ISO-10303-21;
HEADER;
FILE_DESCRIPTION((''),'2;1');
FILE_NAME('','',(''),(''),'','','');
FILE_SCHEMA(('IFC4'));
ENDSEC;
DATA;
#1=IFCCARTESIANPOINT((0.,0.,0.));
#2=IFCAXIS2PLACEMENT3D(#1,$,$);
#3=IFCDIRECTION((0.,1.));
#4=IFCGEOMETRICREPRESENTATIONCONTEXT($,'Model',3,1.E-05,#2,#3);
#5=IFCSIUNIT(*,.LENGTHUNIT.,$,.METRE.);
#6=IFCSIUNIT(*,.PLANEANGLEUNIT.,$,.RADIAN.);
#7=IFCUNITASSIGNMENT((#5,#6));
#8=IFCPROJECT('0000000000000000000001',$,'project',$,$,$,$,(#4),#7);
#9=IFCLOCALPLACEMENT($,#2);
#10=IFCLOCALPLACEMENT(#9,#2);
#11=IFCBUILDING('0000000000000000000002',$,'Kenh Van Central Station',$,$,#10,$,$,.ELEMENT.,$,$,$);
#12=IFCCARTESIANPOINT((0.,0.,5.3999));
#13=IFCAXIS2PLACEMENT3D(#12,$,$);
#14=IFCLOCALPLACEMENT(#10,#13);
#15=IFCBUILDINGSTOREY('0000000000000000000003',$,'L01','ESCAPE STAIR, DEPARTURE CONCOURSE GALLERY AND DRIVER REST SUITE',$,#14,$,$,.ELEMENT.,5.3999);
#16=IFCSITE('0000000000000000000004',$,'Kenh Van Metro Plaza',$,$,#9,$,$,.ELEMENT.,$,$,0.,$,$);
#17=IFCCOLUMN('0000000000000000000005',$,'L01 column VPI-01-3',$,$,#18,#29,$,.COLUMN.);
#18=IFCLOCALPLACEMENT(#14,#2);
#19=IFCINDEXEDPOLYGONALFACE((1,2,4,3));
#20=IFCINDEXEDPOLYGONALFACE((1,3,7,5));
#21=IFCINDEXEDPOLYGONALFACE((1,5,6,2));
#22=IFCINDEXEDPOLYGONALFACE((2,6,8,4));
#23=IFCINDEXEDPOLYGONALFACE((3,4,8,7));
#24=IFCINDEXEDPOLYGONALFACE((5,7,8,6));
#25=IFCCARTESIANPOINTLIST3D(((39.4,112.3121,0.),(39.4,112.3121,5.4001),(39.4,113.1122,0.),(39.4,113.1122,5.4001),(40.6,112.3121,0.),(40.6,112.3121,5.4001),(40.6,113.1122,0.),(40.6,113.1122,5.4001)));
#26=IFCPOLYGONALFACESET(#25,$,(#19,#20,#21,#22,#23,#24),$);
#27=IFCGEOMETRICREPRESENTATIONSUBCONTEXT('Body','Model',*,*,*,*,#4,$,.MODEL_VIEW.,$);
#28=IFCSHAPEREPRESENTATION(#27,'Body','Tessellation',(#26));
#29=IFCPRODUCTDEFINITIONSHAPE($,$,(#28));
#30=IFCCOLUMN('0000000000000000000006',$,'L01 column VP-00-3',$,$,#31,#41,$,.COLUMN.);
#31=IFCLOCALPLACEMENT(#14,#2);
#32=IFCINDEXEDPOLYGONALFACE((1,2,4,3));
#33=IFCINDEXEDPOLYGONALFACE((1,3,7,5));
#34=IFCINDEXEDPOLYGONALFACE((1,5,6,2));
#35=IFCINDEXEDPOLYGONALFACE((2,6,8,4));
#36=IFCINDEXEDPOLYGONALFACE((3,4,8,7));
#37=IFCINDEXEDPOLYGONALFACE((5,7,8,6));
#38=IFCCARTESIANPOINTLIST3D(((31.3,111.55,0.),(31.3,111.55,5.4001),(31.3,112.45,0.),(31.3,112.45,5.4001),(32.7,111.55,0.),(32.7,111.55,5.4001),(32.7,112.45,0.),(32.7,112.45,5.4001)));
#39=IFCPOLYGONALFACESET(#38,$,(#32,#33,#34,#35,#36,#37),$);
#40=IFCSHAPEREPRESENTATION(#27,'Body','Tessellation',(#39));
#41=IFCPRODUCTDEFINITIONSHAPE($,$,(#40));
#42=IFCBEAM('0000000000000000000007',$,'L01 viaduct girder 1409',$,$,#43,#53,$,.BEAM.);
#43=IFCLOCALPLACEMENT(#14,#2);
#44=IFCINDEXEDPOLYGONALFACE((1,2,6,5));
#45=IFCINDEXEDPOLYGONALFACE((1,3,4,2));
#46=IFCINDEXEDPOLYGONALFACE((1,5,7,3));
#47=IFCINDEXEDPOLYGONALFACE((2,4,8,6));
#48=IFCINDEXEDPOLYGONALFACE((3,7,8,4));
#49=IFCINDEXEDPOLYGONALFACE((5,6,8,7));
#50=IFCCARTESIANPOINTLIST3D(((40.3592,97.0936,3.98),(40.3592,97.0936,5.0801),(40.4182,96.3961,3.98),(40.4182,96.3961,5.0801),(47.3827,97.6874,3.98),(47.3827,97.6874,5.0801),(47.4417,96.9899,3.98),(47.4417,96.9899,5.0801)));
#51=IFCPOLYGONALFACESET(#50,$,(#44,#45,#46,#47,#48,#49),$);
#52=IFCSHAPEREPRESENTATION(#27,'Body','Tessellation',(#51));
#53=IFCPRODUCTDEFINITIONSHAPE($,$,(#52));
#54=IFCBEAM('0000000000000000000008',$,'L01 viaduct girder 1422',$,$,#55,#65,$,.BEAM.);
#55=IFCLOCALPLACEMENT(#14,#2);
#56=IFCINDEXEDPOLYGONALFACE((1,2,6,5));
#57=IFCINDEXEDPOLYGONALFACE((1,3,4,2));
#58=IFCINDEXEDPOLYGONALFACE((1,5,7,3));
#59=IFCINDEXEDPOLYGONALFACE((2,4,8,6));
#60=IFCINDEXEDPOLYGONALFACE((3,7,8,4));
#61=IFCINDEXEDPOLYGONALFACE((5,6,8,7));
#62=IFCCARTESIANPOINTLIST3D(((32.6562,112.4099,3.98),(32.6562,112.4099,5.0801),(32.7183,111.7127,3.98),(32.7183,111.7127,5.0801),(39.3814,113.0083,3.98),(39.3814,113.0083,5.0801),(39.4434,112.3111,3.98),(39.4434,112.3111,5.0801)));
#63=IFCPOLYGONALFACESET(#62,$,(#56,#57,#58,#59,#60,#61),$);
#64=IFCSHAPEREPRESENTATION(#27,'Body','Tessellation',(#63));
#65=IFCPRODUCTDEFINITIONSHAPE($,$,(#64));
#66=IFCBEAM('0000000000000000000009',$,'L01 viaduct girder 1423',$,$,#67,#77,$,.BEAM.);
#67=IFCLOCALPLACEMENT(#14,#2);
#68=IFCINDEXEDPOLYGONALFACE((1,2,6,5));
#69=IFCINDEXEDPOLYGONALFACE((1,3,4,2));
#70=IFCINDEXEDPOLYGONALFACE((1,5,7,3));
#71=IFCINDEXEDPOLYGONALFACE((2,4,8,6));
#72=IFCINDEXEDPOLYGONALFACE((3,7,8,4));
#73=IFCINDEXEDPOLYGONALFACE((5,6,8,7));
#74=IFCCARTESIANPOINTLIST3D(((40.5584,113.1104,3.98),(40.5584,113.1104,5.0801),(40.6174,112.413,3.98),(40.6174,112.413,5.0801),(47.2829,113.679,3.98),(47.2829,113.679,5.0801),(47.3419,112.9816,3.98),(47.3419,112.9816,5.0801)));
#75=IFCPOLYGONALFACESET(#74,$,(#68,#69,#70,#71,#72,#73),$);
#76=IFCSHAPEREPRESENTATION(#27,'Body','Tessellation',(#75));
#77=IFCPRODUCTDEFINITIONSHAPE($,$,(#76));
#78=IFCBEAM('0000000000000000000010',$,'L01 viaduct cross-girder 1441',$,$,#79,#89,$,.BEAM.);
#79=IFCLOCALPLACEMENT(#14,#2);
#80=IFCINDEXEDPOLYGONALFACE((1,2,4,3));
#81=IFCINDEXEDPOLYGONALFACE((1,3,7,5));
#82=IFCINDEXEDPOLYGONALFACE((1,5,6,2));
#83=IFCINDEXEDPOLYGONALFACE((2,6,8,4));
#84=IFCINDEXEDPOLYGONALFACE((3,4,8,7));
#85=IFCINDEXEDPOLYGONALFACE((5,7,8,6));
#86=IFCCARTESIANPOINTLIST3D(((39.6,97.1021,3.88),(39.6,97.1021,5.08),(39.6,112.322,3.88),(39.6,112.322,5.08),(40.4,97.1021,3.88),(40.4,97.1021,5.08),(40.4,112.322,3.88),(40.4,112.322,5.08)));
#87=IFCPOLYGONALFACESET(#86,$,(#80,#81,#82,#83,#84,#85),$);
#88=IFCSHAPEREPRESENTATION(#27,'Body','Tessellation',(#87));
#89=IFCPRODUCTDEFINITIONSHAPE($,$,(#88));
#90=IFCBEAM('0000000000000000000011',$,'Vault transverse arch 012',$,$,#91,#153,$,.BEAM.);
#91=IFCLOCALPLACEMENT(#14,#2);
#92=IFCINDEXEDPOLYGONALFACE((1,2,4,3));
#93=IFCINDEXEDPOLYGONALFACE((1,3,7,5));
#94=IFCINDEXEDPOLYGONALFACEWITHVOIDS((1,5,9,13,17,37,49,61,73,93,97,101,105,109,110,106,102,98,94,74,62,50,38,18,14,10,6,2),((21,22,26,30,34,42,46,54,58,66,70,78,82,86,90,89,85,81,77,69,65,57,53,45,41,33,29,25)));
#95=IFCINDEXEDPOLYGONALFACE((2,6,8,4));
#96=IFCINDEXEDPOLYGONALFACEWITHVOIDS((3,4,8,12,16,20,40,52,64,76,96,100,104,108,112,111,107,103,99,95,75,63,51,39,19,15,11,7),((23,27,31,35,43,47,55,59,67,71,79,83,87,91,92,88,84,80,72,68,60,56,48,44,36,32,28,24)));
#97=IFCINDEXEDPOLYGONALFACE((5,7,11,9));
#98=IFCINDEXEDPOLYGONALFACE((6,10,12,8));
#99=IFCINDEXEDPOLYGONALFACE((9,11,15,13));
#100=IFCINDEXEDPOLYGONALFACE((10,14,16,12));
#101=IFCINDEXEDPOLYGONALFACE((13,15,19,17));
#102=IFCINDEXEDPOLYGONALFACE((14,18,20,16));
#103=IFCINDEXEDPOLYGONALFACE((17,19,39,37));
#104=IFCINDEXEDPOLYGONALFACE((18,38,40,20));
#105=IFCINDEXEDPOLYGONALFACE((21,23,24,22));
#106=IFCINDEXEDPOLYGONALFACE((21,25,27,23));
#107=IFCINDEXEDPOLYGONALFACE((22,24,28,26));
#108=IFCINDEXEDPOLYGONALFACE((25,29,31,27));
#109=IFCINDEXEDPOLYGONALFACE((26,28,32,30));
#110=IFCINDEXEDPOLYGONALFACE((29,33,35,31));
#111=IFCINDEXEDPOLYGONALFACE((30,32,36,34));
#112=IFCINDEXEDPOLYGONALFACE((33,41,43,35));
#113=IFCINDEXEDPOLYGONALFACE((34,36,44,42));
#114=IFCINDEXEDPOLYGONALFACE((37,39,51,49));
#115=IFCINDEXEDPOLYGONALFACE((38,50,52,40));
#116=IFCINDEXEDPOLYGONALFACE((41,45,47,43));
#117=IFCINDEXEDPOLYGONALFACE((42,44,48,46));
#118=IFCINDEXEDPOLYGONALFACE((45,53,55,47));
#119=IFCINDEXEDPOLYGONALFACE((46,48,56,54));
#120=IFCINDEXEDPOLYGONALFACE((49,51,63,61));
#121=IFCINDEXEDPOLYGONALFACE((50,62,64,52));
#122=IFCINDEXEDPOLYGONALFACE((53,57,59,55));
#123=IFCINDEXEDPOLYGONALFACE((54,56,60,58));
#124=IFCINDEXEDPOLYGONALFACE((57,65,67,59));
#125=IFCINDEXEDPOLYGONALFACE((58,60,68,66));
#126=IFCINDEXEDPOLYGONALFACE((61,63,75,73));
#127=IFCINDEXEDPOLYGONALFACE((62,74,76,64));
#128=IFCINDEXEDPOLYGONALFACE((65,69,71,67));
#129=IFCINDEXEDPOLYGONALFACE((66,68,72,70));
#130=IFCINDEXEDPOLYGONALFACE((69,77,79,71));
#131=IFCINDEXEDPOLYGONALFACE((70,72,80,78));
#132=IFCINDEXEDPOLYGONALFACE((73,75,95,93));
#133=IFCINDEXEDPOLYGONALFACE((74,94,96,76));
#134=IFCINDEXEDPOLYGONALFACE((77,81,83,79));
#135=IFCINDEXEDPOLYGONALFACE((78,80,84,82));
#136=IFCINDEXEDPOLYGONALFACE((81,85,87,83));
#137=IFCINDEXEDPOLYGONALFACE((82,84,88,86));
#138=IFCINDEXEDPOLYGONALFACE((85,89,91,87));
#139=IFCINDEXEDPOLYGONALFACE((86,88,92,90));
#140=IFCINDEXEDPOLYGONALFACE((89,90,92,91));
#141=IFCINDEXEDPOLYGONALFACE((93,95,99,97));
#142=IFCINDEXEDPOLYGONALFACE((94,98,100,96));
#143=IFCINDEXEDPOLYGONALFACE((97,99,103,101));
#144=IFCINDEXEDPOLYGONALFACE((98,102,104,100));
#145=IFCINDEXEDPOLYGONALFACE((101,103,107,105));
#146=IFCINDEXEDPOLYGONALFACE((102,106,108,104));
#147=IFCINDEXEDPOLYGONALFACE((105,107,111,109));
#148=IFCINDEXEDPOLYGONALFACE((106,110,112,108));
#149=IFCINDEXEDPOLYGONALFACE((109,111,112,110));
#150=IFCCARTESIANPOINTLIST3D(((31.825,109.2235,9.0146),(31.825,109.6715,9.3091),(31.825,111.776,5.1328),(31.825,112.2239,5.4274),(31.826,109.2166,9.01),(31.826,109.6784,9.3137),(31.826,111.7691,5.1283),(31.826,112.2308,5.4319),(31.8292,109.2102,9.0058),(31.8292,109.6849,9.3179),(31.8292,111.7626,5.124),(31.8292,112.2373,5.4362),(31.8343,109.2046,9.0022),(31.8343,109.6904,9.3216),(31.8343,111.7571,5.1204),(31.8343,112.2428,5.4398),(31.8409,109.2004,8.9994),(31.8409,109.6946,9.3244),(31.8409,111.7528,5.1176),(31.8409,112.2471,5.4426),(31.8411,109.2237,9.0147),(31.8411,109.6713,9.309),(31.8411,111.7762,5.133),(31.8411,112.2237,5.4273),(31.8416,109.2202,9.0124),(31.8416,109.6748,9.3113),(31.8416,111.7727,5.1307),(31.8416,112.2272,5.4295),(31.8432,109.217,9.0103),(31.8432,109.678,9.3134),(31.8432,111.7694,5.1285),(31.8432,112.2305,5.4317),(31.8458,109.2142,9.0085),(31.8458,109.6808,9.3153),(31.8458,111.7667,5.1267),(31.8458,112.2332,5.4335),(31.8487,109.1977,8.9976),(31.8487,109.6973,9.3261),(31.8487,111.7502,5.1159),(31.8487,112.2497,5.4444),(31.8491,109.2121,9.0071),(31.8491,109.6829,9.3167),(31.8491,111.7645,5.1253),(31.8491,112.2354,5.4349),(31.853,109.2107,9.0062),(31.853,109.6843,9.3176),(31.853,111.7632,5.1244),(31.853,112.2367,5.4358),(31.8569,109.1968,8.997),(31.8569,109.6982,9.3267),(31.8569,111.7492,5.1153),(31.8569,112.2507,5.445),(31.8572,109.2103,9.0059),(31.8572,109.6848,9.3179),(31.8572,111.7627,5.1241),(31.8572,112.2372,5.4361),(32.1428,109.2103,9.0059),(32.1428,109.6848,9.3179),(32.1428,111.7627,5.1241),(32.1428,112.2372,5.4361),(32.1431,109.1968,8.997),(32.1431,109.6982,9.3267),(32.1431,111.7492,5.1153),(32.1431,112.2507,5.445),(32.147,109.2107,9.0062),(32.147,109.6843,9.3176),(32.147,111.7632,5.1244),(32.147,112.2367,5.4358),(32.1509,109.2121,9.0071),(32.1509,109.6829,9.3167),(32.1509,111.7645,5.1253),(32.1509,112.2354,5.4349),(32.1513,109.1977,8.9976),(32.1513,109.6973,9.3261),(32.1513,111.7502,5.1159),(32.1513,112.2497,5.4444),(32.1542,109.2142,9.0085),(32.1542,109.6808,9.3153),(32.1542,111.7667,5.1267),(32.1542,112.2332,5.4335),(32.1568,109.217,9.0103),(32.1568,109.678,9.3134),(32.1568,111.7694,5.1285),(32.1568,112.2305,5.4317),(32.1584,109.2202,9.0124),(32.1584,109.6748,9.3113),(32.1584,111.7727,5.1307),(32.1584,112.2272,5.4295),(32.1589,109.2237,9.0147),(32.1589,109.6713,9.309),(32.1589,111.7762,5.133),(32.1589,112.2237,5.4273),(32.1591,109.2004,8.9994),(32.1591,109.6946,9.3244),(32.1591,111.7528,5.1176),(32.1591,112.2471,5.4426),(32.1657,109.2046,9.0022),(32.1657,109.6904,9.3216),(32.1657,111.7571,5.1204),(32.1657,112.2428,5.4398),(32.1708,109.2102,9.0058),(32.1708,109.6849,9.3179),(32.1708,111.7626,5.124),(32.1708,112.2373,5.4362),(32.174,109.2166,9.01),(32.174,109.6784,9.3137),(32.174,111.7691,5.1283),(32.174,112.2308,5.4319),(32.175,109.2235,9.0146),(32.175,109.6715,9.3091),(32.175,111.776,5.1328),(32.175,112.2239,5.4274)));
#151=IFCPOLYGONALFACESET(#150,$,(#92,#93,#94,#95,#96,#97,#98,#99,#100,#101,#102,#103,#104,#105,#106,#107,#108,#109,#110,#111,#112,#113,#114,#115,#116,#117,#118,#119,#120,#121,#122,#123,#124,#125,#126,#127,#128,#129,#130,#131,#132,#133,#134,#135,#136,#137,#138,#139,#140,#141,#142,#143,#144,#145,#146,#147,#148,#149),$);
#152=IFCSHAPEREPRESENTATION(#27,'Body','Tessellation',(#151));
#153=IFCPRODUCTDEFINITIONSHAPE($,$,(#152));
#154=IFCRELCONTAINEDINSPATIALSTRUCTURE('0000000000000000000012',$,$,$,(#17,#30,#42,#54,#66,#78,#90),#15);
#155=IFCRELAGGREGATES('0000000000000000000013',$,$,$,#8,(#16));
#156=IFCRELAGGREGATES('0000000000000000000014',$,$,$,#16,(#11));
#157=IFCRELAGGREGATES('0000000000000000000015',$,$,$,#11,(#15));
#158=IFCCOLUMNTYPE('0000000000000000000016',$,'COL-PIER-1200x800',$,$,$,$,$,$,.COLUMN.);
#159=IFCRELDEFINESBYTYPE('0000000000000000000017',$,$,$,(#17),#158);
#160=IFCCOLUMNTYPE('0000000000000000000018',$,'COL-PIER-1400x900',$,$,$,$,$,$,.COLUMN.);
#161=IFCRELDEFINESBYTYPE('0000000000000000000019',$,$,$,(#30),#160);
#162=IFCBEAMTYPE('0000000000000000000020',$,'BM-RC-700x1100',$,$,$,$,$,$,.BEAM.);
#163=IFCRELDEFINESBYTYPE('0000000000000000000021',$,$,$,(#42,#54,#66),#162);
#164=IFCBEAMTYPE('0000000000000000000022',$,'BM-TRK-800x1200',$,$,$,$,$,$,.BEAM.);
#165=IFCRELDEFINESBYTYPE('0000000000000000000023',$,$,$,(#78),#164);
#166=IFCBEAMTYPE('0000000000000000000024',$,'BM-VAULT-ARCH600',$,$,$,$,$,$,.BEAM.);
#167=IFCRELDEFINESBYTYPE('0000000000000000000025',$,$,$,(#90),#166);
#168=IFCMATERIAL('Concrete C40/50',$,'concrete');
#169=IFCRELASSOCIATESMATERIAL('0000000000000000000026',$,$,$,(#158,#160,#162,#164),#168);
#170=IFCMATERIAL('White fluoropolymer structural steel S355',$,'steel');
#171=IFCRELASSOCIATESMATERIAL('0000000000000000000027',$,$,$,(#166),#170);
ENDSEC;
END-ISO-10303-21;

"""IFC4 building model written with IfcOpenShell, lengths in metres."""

from ifc_helpers import new_model, si_unit, direction, frame, origin, origin_2d, place, context, subcontext, project, spatial, rectangle, hollow_rectangle, extrude, material, material_profile, profile_set, type_object, element, save


model = new_model("IFC4")

# Units and contexts
model_context = context("Model", 3, precision=1e-05, world=origin(), true_north=direction((0.0, 1.0)))
body_context = subcontext(model_context, "Body", "Model", "MODEL_VIEW")
ifc_project = project(units=[si_unit("LENGTHUNIT", "METRE"), si_unit("PLANEANGLEUNIT", "RADIAN")], contexts=[model_context])

# Site, building, storey
site_placement = place(None, origin())
site = spatial("IfcSite", under=ifc_project, at=site_placement, Name="Kenh Van Metro Plaza", CompositionType="ELEMENT", RefElevation=0.0)
building_placement = place(site_placement, origin())
building = spatial("IfcBuilding", under=site, at=building_placement, Name="Kenh Van Central Station", CompositionType="ELEMENT")
storey_placement = place(building_placement, frame((0.0, 0.0, 5.3999)))
storey = spatial("IfcBuildingStorey", under=building, at=storey_placement, Name="L01", Description="ESCAPE STAIR, DEPARTURE CONCOURSE GALLERY AND DRIVER REST SUITE", CompositionType="ELEMENT", Elevation=5.3999)

# Columns
ifc_material_1 = material(Name="Concrete C40/50", Category="concrete")
ifc_material_profile_1 = material_profile(ifc_material_1, rectangle(XDim=1.2, YDim=0.8, at=origin_2d()), Name="RC 1200x800")
ifc_profile_set_1 = profile_set([ifc_material_profile_1], Name="Concrete C40/50")
column_type_1 = type_object("IfcColumnType", Name="COL-PIER-1200x800", PredefinedType="COLUMN", material=ifc_profile_set_1)
column_1_placement = place(storey_placement, frame((40.0, 112.7122, 0.0), z_axis=(0.0, 0.0, 1.0), x_axis=(1.0, 0.0, 0.0)))
element("IfcColumn", 1, at=column_1_placement, inside=storey, type_object=column_type_1, Name="L01 column VPI-01-3", PredefinedType="COLUMN", context=body_context, shape_type="SweptSolid", body=[
    extrude(rectangle(XDim=1.2, YDim=0.8, at=origin_2d()), origin(), (0.0, 0.0, 1.0), 5.4001),
])
ifc_material_profile_2 = material_profile(ifc_material_1, rectangle(XDim=1.3999, YDim=0.8999, at=origin_2d()), Name="RC 1400x900")
ifc_profile_set_2 = profile_set([ifc_material_profile_2], Name="Concrete C40/50")
column_type_2 = type_object("IfcColumnType", Name="COL-PIER-1400x900", PredefinedType="COLUMN", material=ifc_profile_set_2)
column_2_placement = place(storey_placement, frame((32.0, 112.0, 0.0), z_axis=(0.0, 0.0, 1.0), x_axis=(1.0, 0.0, 0.0)))
element("IfcColumn", 2, at=column_2_placement, inside=storey, type_object=column_type_2, Name="L01 column VP-00-3", PredefinedType="COLUMN", context=body_context, shape_type="SweptSolid", body=[
    extrude(rectangle(XDim=1.3999, YDim=0.8999, at=origin_2d()), origin(), (0.0, 0.0, 1.0), 5.4001),
])

# Beams
ifc_material_profile_3 = material_profile(ifc_material_1, rectangle(XDim=0.7, YDim=1.1001, at=origin_2d()), Name="RC 700x1100")
ifc_profile_set_3 = profile_set([ifc_material_profile_3], Name="Concrete C40/50")
beam_type_1 = type_object("IfcBeamType", Name="BM-RC-700x1100", PredefinedType="BEAM", material=ifc_profile_set_3)
beam_1_placement = place(storey_placement, frame((40.3887, 96.7449, 4.53), z_axis=(0.996446, 0.084238, 0.0), x_axis=(-0.084238, 0.996446, 0.0)))
element("IfcBeam", 3, at=beam_1_placement, inside=storey, type_object=beam_type_1, Name="L01 viaduct girder 1409", PredefinedType="BEAM", context=body_context, shape_type="SweptSolid", body=[
    extrude(rectangle(XDim=0.7, YDim=1.1001, at=origin_2d()), origin(), (0.0, 0.0, 1.0), 7.0486),
])
beam_2_placement = place(storey_placement, frame((32.6873, 112.0613, 4.53), z_axis=(0.996065, 0.088628, 0.0), x_axis=(-0.088628, 0.996065, 0.0)))
element("IfcBeam", 4, at=beam_2_placement, inside=storey, type_object=beam_type_1, Name="L01 viaduct girder 1422", PredefinedType="BEAM", context=body_context, shape_type="SweptSolid", body=[
    extrude(rectangle(XDim=0.7, YDim=1.1001, at=origin_2d()), origin(), (0.0, 0.0, 1.0), 6.7517),
])
beam_3_placement = place(storey_placement, frame((40.5879, 112.7617, 4.53), z_axis=(0.996444, 0.084255, 0.0), x_axis=(-0.084255, 0.996444, 0.0)))
element("IfcBeam", 5, at=beam_3_placement, inside=storey, type_object=beam_type_1, Name="L01 viaduct girder 1423", PredefinedType="BEAM", context=body_context, shape_type="SweptSolid", body=[
    extrude(rectangle(XDim=0.7, YDim=1.1001, at=origin_2d()), origin(), (0.0, 0.0, 1.0), 6.7485),
])
ifc_material_profile_4 = material_profile(ifc_material_1, rectangle(XDim=0.8, YDim=1.2, at=origin_2d()), Name="RC 800x1200")
ifc_profile_set_4 = profile_set([ifc_material_profile_4], Name="Concrete C40/50")
beam_type_2 = type_object("IfcBeamType", Name="BM-TRK-800x1200", PredefinedType="BEAM", material=ifc_profile_set_4)
beam_4_placement = place(storey_placement, frame((40.0, 97.1021, 4.48), z_axis=(0.0, 1.0, 0.0), x_axis=(-1.0, 0.0, 0.0)))
element("IfcBeam", 6, at=beam_4_placement, inside=storey, type_object=beam_type_2, Name="L01 viaduct cross-girder 1441", PredefinedType="BEAM", context=body_context, shape_type="SweptSolid", body=[
    extrude(rectangle(XDim=0.8, YDim=1.2, at=origin_2d()), origin(), (0.0, 0.0, 1.0), 15.22),
])
ifc_material_2 = material(Name="White fluoropolymer structural steel S355", Category="steel")
ifc_material_profile_5 = material_profile(ifc_material_2, hollow_rectangle(XDim=0.3501, YDim=0.6001, WallThickness=0.0161, InnerFilletRadius=0.0161, OuterFilletRadius=0.032, at=origin_2d()), Name="RHS 600x350x16")
ifc_profile_set_5 = profile_set([ifc_material_profile_5], Name="White fluoropolymer structural steel S355")
beam_type_3 = type_object("IfcBeamType", Name="BM-VAULT-ARCH600", PredefinedType="BEAM", material=ifc_profile_set_5)
beam_5_placement = place(storey_placement, frame((32.0, 109.4475, 9.1619), z_axis=(0.0, 0.549414, -0.83555), x_axis=(-1.0, 0.0, 0.0)))
element("IfcBeam", 7, at=beam_5_placement, inside=storey, type_object=beam_type_3, Name="Vault transverse arch 012", PredefinedType="BEAM", context=body_context, shape_type="SweptSolid", body=[
    extrude(hollow_rectangle(XDim=0.3501, YDim=0.6001, WallThickness=0.0161, InnerFilletRadius=0.0161, OuterFilletRadius=0.032, at=origin_2d()), origin(), (0.0, 0.0, 1.0), 4.6458),
])

save(model, "model.ifc")
